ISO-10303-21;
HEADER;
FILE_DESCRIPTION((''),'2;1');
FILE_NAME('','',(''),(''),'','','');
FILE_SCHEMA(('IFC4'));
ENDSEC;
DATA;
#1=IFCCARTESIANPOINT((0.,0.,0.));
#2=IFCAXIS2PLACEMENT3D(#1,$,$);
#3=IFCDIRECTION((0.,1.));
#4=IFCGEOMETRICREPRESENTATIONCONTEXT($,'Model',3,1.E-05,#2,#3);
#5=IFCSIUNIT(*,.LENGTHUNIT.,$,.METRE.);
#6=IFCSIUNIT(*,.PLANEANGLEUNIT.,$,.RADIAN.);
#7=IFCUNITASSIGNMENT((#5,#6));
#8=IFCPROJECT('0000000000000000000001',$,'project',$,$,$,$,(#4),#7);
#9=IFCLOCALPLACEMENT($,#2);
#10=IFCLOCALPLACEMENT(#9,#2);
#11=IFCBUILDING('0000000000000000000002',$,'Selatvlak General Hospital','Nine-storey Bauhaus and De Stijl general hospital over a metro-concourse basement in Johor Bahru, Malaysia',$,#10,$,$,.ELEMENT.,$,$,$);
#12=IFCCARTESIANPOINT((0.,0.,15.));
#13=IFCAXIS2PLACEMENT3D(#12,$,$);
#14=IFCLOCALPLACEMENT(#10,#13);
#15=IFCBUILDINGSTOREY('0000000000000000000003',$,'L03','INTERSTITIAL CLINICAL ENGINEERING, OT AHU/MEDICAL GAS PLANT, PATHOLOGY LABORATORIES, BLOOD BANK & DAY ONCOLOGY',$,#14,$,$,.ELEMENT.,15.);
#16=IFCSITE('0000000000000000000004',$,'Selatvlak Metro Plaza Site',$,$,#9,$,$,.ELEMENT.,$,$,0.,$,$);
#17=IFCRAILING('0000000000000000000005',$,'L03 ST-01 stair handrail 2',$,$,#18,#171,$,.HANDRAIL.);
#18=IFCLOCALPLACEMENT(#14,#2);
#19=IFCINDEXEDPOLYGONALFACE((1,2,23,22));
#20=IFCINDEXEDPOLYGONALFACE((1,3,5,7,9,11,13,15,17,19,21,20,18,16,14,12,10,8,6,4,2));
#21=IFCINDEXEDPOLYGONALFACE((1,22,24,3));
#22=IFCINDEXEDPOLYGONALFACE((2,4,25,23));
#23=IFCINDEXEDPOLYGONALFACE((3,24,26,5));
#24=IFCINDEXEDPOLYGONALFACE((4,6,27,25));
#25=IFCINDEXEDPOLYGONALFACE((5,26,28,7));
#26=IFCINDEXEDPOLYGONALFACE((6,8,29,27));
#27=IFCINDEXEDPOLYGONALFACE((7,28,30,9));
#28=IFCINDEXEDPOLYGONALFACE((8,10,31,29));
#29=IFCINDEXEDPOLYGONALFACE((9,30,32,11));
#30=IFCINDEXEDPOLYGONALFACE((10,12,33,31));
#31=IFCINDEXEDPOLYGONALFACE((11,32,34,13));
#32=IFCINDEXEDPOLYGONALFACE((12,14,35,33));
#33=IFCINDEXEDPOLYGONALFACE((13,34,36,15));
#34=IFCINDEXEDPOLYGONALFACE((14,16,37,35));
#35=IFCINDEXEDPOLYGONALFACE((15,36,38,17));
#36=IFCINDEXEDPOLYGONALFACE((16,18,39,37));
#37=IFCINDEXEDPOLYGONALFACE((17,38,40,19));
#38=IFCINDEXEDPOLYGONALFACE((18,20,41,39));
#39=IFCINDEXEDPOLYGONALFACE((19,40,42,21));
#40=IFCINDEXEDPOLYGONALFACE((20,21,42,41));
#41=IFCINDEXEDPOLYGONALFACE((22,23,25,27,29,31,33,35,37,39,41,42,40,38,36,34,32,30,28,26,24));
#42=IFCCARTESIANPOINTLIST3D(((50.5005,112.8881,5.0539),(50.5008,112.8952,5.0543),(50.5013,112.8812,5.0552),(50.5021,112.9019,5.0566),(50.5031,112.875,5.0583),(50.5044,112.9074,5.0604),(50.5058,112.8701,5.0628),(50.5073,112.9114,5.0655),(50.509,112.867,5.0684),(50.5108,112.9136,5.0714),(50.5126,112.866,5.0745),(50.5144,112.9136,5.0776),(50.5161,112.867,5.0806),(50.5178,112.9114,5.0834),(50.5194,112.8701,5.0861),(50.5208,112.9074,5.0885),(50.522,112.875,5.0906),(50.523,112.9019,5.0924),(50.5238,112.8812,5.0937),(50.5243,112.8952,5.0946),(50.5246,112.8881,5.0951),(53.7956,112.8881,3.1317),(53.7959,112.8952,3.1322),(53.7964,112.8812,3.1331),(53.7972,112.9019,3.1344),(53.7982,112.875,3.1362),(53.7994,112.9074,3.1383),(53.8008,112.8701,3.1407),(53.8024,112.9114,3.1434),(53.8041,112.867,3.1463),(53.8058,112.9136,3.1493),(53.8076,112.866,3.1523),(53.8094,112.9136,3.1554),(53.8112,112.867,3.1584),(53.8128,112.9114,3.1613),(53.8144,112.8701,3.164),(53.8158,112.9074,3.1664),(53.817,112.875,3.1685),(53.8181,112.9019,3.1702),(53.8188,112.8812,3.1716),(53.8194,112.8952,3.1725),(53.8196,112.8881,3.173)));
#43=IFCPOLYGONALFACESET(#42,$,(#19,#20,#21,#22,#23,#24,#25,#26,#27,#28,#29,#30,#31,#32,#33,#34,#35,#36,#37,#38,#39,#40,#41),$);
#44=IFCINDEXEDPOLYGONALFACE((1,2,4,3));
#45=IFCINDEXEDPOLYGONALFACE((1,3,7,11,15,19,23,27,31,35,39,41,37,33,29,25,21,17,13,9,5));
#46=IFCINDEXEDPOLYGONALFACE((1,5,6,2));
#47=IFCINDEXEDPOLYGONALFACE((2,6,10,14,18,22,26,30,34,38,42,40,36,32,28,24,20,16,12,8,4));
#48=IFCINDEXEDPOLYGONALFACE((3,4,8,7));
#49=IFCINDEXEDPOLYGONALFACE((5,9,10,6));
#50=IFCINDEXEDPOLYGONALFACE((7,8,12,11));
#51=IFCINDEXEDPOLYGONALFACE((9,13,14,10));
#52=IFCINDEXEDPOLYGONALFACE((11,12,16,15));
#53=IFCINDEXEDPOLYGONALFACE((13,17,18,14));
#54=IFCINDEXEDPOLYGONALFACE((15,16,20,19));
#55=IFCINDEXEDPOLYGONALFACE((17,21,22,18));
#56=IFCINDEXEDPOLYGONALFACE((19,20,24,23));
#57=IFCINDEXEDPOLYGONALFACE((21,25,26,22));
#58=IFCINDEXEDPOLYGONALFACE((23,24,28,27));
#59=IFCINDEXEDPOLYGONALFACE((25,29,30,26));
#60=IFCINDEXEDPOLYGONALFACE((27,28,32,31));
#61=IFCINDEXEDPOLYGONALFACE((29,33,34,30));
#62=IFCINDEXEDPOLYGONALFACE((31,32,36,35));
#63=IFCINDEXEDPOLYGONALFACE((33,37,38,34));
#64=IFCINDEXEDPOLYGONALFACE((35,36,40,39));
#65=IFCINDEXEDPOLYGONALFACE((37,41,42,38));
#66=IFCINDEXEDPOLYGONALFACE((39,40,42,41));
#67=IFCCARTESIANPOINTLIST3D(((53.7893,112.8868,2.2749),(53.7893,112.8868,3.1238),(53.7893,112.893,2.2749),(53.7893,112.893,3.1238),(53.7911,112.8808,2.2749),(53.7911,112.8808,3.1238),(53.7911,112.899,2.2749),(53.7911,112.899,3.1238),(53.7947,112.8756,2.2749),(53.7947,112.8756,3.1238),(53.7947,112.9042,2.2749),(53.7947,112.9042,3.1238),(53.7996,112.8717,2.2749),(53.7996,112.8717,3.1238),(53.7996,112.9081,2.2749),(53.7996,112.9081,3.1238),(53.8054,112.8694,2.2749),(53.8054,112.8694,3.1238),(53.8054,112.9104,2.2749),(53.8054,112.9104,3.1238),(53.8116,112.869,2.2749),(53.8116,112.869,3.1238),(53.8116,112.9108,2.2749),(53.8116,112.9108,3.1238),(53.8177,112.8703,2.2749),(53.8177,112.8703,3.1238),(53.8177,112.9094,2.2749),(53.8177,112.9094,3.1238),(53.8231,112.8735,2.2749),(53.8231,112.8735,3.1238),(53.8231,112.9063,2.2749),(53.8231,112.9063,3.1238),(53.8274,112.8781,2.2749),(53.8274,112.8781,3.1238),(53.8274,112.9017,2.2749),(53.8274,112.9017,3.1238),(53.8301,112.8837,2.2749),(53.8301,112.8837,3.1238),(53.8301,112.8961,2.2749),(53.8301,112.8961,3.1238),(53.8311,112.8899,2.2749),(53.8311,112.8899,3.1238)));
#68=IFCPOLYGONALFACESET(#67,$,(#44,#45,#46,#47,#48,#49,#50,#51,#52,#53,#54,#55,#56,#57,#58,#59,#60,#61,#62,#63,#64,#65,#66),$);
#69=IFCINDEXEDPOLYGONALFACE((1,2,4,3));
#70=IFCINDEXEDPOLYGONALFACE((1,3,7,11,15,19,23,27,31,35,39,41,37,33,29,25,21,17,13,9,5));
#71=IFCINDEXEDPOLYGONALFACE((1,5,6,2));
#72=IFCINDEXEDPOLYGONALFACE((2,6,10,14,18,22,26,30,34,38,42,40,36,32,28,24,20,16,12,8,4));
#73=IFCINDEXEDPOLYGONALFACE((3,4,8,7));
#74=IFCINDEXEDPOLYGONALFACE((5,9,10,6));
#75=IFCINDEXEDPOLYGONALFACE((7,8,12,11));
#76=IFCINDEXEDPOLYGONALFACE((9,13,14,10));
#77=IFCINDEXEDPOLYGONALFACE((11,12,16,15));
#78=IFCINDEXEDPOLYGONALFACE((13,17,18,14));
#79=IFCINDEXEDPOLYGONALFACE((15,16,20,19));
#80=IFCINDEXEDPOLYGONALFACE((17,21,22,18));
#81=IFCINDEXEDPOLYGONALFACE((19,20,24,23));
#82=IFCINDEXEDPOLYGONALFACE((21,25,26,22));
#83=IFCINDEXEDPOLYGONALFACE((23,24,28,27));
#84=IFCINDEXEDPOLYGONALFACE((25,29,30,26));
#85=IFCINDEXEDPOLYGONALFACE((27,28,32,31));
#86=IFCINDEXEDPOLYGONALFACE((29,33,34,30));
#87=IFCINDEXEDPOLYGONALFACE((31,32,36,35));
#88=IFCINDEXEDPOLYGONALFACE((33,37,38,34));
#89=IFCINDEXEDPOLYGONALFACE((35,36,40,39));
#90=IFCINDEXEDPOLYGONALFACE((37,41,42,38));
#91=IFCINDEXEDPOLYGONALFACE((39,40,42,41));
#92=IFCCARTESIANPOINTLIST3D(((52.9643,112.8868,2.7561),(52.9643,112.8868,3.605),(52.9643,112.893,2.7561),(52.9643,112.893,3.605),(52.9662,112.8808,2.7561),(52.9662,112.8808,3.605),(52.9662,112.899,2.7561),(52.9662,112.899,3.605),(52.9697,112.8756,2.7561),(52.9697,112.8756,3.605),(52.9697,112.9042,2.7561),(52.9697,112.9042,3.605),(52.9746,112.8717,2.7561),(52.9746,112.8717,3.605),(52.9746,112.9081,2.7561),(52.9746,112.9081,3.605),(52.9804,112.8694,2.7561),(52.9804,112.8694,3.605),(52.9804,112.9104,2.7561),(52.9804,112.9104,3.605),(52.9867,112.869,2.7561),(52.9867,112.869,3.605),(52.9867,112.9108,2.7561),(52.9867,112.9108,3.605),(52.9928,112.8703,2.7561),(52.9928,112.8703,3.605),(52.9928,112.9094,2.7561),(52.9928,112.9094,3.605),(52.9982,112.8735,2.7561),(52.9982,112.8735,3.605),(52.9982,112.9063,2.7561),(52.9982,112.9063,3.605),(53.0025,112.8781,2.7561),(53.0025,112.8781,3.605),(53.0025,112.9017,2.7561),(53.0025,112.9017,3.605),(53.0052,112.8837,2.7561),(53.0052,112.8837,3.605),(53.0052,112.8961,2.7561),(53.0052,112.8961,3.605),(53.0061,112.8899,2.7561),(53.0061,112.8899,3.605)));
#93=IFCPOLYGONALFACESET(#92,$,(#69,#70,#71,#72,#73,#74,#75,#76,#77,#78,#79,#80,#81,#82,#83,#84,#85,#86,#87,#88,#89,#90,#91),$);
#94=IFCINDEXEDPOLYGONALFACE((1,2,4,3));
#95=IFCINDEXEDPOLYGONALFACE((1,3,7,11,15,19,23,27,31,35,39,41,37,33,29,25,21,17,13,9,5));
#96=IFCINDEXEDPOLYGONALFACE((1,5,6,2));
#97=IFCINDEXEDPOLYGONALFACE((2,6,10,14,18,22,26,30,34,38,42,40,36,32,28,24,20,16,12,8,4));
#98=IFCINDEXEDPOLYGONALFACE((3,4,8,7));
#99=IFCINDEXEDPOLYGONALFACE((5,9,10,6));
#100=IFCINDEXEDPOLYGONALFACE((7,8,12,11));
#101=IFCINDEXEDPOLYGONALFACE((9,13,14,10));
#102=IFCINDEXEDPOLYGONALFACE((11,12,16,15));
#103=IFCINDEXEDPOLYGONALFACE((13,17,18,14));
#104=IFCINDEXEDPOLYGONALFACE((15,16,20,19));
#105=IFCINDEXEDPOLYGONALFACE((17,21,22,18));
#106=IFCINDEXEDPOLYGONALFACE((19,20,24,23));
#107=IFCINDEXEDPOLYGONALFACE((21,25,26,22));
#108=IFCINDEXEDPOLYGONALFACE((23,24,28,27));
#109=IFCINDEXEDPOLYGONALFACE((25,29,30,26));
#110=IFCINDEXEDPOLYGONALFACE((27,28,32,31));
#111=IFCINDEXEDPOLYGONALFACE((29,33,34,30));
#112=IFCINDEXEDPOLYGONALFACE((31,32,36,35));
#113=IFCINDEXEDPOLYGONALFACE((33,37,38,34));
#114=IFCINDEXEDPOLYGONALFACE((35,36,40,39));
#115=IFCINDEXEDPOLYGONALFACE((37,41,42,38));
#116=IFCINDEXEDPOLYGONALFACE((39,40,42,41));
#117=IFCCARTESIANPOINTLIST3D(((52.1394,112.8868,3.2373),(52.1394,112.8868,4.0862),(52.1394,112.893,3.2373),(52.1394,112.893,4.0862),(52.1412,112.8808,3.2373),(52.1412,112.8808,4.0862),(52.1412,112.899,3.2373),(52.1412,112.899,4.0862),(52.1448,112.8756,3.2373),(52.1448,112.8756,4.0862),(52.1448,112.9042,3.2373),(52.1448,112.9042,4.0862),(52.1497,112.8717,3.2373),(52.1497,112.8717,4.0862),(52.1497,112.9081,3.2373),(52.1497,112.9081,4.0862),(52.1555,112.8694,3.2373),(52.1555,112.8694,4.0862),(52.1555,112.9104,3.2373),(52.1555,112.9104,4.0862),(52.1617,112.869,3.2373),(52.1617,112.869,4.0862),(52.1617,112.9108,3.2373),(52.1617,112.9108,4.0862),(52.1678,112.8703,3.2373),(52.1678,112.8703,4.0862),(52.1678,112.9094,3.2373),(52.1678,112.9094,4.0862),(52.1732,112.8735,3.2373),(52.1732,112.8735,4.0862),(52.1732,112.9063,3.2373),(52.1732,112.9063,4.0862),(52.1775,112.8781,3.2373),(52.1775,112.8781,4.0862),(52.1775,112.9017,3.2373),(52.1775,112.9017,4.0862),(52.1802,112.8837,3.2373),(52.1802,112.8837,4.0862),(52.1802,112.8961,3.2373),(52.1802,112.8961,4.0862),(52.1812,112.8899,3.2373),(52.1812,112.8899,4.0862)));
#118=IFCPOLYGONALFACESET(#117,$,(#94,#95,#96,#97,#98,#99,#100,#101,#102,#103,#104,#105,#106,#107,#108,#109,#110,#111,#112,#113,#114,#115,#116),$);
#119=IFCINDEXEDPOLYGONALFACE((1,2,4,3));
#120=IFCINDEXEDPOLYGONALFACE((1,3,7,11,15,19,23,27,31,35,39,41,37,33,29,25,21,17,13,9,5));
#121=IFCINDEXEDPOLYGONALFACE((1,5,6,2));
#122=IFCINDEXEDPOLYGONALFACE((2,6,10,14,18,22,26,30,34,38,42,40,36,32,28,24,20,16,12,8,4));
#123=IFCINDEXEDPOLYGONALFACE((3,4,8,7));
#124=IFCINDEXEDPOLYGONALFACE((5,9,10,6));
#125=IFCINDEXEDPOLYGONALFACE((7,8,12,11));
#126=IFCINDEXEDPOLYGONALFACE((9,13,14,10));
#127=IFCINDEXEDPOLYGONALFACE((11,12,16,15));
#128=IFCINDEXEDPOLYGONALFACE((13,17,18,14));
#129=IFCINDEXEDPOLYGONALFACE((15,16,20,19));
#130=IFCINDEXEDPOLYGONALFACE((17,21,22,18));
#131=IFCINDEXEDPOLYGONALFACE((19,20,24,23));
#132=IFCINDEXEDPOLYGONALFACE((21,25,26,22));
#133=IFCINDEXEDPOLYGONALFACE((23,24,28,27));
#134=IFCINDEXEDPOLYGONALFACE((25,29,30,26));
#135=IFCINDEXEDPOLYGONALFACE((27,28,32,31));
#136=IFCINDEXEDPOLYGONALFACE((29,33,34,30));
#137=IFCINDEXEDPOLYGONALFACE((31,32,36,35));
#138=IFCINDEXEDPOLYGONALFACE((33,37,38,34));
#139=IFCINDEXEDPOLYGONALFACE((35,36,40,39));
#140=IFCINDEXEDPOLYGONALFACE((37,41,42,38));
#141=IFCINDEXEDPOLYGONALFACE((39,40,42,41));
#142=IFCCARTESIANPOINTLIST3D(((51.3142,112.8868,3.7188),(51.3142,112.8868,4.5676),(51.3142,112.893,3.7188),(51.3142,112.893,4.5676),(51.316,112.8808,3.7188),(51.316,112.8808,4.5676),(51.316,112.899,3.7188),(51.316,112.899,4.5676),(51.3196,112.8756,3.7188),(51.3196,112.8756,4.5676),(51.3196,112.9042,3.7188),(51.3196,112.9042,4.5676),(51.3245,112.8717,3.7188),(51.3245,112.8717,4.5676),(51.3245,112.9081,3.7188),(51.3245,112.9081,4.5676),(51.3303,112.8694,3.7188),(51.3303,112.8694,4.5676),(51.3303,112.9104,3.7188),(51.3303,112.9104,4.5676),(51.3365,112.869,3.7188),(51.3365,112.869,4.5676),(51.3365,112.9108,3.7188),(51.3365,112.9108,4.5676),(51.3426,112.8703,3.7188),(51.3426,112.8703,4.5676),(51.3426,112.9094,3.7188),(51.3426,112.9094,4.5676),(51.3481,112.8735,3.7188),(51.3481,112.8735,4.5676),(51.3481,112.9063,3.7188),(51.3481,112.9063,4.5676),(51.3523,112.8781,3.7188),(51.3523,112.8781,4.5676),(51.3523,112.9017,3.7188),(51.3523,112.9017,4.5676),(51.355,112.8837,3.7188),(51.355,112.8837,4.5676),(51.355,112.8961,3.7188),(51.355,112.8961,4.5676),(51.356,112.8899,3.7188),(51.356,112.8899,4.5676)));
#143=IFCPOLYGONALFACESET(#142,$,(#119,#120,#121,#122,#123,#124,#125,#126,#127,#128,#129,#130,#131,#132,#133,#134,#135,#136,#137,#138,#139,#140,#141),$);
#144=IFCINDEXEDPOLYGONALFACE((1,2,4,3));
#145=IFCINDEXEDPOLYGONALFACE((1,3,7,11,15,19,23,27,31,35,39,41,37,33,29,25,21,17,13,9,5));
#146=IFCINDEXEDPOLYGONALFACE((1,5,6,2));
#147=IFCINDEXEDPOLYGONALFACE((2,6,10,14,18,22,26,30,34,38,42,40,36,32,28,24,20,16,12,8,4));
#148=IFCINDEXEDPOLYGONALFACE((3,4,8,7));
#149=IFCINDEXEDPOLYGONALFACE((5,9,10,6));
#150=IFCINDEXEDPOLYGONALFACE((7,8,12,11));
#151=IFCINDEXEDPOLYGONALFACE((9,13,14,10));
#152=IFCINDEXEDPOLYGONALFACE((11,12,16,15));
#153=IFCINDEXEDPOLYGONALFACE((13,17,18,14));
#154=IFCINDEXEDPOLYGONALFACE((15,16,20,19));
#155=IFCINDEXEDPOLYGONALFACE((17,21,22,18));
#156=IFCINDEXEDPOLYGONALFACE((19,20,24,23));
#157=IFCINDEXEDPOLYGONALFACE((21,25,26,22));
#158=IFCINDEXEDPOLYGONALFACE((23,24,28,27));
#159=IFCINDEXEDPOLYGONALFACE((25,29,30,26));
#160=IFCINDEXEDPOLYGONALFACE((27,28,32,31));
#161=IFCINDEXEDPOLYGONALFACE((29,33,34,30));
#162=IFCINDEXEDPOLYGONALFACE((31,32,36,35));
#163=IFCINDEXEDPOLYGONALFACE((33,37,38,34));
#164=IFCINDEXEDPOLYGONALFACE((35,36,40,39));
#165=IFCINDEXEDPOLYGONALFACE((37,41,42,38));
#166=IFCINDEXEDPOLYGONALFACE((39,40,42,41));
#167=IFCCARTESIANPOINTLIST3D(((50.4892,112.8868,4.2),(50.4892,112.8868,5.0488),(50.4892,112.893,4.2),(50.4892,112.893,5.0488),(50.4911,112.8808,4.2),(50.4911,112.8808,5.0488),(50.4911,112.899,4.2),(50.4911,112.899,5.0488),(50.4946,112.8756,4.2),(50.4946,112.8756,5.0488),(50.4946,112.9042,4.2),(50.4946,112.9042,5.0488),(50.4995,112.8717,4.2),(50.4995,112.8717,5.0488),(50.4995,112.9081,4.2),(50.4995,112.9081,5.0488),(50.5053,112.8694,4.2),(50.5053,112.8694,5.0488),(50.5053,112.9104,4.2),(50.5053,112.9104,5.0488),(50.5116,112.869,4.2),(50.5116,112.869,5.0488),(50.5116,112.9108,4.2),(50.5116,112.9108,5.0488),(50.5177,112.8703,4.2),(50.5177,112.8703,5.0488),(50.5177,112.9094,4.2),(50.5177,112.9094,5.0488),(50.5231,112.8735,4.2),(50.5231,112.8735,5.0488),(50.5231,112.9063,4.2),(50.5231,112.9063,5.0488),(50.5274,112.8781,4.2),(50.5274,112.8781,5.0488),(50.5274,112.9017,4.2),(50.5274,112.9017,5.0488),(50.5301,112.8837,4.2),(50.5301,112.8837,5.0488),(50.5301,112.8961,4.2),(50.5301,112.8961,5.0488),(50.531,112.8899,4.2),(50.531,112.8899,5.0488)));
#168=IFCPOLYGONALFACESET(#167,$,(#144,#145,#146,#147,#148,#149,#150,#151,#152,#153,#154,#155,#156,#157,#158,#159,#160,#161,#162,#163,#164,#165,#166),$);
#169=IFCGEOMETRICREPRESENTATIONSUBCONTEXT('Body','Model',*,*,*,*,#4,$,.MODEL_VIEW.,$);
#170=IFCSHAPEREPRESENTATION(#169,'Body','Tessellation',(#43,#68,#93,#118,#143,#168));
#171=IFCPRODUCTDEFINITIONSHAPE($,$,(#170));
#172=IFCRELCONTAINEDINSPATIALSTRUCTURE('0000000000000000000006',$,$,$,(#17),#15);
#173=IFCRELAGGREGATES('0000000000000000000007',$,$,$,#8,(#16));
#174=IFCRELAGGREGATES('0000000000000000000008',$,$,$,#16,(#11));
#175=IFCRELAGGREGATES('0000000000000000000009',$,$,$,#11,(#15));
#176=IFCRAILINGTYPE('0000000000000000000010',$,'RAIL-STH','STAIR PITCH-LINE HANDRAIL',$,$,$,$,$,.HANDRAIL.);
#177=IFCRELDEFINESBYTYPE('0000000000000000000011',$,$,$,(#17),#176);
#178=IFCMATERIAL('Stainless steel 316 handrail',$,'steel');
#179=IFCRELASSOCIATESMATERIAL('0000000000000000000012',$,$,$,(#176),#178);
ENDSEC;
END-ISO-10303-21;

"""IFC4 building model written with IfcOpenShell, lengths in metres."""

from ifc_helpers import new_model, si_unit, direction, frame, origin, origin_2d, place, context, subcontext, project, spatial, circle, extrude, material, type_object, element, save


model = new_model("IFC4")

# Units and contexts
model_context = context("Model", 3, precision=1e-05, world=origin(), true_north=direction((0.0, 1.0)))
body_context = subcontext(model_context, "Body", "Model", "MODEL_VIEW")
ifc_project = project(units=[si_unit("LENGTHUNIT", "METRE"), si_unit("PLANEANGLEUNIT", "RADIAN")], contexts=[model_context])

# Site, building, storey
site_placement = place(None, origin())
site = spatial("IfcSite", under=ifc_project, at=site_placement, Name="Selatvlak Metro Plaza Site", CompositionType="ELEMENT", RefElevation=0.0)
building_placement = place(site_placement, origin())
building = spatial("IfcBuilding", under=site, at=building_placement, Name="Selatvlak General Hospital", Description="Nine-storey Bauhaus and De Stijl general hospital over a metro-concourse basement in Johor Bahru, Malaysia", CompositionType="ELEMENT")
storey_placement = place(building_placement, frame((0.0, 0.0, 15.0)))
storey = spatial("IfcBuildingStorey", under=building, at=storey_placement, Name="L03", Description="INTERSTITIAL CLINICAL ENGINEERING, OT AHU/MEDICAL GAS PLANT, PATHOLOGY LABORATORIES, BLOOD BANK & DAY ONCOLOGY", CompositionType="ELEMENT", Elevation=15.0)

# Railing
ifc_material_1 = material(Name="Stainless steel 316 handrail", Category="steel")
railing_type_1 = type_object("IfcRailingType", Name="RAIL-STH", Description="STAIR PITCH-LINE HANDRAIL", PredefinedType="HANDRAIL", material=ifc_material_1)
railing_1_placement = place(storey_placement, frame((53.8101, 112.8899, 2.2749)))
element("IfcRailing", 1, at=railing_1_placement, inside=storey, type_object=railing_type_1, Name="L03 ST-01 stair handrail 2", PredefinedType="HANDRAIL", context=body_context, shape_type="SweptSolid", body=[
    extrude(circle(Radius=0.0239, at=origin_2d()), frame((-0.0024, 0.0, 0.8774), z_axis=(-0.863777, 0.0, 0.503875), x_axis=(0.0, -1.0, 0.0)), (0.0, 0.0, 1.0), 3.8147),
    extrude(circle(Radius=0.021, at=origin_2d()), origin(), (0.0, 0.0, 1.0), 0.8489),
    extrude(circle(Radius=0.021, at=origin_2d()), frame((-0.825, 0.0, 0.4812)), (0.0, 0.0, 1.0), 0.8489),
    extrude(circle(Radius=0.021, at=origin_2d()), frame((-1.6499, 0.0, 0.9624)), (0.0, 0.0, 1.0), 0.8489),
    extrude(circle(Radius=0.021, at=origin_2d()), frame((-2.4751, 0.0, 1.4438)), (0.0, 0.0, 1.0), 0.8489),
    extrude(circle(Radius=0.021, at=origin_2d()), frame((-3.3, 0.0, 1.925)), (0.0, 0.0, 1.0), 0.8489),
])

save(model, "model.ifc")
